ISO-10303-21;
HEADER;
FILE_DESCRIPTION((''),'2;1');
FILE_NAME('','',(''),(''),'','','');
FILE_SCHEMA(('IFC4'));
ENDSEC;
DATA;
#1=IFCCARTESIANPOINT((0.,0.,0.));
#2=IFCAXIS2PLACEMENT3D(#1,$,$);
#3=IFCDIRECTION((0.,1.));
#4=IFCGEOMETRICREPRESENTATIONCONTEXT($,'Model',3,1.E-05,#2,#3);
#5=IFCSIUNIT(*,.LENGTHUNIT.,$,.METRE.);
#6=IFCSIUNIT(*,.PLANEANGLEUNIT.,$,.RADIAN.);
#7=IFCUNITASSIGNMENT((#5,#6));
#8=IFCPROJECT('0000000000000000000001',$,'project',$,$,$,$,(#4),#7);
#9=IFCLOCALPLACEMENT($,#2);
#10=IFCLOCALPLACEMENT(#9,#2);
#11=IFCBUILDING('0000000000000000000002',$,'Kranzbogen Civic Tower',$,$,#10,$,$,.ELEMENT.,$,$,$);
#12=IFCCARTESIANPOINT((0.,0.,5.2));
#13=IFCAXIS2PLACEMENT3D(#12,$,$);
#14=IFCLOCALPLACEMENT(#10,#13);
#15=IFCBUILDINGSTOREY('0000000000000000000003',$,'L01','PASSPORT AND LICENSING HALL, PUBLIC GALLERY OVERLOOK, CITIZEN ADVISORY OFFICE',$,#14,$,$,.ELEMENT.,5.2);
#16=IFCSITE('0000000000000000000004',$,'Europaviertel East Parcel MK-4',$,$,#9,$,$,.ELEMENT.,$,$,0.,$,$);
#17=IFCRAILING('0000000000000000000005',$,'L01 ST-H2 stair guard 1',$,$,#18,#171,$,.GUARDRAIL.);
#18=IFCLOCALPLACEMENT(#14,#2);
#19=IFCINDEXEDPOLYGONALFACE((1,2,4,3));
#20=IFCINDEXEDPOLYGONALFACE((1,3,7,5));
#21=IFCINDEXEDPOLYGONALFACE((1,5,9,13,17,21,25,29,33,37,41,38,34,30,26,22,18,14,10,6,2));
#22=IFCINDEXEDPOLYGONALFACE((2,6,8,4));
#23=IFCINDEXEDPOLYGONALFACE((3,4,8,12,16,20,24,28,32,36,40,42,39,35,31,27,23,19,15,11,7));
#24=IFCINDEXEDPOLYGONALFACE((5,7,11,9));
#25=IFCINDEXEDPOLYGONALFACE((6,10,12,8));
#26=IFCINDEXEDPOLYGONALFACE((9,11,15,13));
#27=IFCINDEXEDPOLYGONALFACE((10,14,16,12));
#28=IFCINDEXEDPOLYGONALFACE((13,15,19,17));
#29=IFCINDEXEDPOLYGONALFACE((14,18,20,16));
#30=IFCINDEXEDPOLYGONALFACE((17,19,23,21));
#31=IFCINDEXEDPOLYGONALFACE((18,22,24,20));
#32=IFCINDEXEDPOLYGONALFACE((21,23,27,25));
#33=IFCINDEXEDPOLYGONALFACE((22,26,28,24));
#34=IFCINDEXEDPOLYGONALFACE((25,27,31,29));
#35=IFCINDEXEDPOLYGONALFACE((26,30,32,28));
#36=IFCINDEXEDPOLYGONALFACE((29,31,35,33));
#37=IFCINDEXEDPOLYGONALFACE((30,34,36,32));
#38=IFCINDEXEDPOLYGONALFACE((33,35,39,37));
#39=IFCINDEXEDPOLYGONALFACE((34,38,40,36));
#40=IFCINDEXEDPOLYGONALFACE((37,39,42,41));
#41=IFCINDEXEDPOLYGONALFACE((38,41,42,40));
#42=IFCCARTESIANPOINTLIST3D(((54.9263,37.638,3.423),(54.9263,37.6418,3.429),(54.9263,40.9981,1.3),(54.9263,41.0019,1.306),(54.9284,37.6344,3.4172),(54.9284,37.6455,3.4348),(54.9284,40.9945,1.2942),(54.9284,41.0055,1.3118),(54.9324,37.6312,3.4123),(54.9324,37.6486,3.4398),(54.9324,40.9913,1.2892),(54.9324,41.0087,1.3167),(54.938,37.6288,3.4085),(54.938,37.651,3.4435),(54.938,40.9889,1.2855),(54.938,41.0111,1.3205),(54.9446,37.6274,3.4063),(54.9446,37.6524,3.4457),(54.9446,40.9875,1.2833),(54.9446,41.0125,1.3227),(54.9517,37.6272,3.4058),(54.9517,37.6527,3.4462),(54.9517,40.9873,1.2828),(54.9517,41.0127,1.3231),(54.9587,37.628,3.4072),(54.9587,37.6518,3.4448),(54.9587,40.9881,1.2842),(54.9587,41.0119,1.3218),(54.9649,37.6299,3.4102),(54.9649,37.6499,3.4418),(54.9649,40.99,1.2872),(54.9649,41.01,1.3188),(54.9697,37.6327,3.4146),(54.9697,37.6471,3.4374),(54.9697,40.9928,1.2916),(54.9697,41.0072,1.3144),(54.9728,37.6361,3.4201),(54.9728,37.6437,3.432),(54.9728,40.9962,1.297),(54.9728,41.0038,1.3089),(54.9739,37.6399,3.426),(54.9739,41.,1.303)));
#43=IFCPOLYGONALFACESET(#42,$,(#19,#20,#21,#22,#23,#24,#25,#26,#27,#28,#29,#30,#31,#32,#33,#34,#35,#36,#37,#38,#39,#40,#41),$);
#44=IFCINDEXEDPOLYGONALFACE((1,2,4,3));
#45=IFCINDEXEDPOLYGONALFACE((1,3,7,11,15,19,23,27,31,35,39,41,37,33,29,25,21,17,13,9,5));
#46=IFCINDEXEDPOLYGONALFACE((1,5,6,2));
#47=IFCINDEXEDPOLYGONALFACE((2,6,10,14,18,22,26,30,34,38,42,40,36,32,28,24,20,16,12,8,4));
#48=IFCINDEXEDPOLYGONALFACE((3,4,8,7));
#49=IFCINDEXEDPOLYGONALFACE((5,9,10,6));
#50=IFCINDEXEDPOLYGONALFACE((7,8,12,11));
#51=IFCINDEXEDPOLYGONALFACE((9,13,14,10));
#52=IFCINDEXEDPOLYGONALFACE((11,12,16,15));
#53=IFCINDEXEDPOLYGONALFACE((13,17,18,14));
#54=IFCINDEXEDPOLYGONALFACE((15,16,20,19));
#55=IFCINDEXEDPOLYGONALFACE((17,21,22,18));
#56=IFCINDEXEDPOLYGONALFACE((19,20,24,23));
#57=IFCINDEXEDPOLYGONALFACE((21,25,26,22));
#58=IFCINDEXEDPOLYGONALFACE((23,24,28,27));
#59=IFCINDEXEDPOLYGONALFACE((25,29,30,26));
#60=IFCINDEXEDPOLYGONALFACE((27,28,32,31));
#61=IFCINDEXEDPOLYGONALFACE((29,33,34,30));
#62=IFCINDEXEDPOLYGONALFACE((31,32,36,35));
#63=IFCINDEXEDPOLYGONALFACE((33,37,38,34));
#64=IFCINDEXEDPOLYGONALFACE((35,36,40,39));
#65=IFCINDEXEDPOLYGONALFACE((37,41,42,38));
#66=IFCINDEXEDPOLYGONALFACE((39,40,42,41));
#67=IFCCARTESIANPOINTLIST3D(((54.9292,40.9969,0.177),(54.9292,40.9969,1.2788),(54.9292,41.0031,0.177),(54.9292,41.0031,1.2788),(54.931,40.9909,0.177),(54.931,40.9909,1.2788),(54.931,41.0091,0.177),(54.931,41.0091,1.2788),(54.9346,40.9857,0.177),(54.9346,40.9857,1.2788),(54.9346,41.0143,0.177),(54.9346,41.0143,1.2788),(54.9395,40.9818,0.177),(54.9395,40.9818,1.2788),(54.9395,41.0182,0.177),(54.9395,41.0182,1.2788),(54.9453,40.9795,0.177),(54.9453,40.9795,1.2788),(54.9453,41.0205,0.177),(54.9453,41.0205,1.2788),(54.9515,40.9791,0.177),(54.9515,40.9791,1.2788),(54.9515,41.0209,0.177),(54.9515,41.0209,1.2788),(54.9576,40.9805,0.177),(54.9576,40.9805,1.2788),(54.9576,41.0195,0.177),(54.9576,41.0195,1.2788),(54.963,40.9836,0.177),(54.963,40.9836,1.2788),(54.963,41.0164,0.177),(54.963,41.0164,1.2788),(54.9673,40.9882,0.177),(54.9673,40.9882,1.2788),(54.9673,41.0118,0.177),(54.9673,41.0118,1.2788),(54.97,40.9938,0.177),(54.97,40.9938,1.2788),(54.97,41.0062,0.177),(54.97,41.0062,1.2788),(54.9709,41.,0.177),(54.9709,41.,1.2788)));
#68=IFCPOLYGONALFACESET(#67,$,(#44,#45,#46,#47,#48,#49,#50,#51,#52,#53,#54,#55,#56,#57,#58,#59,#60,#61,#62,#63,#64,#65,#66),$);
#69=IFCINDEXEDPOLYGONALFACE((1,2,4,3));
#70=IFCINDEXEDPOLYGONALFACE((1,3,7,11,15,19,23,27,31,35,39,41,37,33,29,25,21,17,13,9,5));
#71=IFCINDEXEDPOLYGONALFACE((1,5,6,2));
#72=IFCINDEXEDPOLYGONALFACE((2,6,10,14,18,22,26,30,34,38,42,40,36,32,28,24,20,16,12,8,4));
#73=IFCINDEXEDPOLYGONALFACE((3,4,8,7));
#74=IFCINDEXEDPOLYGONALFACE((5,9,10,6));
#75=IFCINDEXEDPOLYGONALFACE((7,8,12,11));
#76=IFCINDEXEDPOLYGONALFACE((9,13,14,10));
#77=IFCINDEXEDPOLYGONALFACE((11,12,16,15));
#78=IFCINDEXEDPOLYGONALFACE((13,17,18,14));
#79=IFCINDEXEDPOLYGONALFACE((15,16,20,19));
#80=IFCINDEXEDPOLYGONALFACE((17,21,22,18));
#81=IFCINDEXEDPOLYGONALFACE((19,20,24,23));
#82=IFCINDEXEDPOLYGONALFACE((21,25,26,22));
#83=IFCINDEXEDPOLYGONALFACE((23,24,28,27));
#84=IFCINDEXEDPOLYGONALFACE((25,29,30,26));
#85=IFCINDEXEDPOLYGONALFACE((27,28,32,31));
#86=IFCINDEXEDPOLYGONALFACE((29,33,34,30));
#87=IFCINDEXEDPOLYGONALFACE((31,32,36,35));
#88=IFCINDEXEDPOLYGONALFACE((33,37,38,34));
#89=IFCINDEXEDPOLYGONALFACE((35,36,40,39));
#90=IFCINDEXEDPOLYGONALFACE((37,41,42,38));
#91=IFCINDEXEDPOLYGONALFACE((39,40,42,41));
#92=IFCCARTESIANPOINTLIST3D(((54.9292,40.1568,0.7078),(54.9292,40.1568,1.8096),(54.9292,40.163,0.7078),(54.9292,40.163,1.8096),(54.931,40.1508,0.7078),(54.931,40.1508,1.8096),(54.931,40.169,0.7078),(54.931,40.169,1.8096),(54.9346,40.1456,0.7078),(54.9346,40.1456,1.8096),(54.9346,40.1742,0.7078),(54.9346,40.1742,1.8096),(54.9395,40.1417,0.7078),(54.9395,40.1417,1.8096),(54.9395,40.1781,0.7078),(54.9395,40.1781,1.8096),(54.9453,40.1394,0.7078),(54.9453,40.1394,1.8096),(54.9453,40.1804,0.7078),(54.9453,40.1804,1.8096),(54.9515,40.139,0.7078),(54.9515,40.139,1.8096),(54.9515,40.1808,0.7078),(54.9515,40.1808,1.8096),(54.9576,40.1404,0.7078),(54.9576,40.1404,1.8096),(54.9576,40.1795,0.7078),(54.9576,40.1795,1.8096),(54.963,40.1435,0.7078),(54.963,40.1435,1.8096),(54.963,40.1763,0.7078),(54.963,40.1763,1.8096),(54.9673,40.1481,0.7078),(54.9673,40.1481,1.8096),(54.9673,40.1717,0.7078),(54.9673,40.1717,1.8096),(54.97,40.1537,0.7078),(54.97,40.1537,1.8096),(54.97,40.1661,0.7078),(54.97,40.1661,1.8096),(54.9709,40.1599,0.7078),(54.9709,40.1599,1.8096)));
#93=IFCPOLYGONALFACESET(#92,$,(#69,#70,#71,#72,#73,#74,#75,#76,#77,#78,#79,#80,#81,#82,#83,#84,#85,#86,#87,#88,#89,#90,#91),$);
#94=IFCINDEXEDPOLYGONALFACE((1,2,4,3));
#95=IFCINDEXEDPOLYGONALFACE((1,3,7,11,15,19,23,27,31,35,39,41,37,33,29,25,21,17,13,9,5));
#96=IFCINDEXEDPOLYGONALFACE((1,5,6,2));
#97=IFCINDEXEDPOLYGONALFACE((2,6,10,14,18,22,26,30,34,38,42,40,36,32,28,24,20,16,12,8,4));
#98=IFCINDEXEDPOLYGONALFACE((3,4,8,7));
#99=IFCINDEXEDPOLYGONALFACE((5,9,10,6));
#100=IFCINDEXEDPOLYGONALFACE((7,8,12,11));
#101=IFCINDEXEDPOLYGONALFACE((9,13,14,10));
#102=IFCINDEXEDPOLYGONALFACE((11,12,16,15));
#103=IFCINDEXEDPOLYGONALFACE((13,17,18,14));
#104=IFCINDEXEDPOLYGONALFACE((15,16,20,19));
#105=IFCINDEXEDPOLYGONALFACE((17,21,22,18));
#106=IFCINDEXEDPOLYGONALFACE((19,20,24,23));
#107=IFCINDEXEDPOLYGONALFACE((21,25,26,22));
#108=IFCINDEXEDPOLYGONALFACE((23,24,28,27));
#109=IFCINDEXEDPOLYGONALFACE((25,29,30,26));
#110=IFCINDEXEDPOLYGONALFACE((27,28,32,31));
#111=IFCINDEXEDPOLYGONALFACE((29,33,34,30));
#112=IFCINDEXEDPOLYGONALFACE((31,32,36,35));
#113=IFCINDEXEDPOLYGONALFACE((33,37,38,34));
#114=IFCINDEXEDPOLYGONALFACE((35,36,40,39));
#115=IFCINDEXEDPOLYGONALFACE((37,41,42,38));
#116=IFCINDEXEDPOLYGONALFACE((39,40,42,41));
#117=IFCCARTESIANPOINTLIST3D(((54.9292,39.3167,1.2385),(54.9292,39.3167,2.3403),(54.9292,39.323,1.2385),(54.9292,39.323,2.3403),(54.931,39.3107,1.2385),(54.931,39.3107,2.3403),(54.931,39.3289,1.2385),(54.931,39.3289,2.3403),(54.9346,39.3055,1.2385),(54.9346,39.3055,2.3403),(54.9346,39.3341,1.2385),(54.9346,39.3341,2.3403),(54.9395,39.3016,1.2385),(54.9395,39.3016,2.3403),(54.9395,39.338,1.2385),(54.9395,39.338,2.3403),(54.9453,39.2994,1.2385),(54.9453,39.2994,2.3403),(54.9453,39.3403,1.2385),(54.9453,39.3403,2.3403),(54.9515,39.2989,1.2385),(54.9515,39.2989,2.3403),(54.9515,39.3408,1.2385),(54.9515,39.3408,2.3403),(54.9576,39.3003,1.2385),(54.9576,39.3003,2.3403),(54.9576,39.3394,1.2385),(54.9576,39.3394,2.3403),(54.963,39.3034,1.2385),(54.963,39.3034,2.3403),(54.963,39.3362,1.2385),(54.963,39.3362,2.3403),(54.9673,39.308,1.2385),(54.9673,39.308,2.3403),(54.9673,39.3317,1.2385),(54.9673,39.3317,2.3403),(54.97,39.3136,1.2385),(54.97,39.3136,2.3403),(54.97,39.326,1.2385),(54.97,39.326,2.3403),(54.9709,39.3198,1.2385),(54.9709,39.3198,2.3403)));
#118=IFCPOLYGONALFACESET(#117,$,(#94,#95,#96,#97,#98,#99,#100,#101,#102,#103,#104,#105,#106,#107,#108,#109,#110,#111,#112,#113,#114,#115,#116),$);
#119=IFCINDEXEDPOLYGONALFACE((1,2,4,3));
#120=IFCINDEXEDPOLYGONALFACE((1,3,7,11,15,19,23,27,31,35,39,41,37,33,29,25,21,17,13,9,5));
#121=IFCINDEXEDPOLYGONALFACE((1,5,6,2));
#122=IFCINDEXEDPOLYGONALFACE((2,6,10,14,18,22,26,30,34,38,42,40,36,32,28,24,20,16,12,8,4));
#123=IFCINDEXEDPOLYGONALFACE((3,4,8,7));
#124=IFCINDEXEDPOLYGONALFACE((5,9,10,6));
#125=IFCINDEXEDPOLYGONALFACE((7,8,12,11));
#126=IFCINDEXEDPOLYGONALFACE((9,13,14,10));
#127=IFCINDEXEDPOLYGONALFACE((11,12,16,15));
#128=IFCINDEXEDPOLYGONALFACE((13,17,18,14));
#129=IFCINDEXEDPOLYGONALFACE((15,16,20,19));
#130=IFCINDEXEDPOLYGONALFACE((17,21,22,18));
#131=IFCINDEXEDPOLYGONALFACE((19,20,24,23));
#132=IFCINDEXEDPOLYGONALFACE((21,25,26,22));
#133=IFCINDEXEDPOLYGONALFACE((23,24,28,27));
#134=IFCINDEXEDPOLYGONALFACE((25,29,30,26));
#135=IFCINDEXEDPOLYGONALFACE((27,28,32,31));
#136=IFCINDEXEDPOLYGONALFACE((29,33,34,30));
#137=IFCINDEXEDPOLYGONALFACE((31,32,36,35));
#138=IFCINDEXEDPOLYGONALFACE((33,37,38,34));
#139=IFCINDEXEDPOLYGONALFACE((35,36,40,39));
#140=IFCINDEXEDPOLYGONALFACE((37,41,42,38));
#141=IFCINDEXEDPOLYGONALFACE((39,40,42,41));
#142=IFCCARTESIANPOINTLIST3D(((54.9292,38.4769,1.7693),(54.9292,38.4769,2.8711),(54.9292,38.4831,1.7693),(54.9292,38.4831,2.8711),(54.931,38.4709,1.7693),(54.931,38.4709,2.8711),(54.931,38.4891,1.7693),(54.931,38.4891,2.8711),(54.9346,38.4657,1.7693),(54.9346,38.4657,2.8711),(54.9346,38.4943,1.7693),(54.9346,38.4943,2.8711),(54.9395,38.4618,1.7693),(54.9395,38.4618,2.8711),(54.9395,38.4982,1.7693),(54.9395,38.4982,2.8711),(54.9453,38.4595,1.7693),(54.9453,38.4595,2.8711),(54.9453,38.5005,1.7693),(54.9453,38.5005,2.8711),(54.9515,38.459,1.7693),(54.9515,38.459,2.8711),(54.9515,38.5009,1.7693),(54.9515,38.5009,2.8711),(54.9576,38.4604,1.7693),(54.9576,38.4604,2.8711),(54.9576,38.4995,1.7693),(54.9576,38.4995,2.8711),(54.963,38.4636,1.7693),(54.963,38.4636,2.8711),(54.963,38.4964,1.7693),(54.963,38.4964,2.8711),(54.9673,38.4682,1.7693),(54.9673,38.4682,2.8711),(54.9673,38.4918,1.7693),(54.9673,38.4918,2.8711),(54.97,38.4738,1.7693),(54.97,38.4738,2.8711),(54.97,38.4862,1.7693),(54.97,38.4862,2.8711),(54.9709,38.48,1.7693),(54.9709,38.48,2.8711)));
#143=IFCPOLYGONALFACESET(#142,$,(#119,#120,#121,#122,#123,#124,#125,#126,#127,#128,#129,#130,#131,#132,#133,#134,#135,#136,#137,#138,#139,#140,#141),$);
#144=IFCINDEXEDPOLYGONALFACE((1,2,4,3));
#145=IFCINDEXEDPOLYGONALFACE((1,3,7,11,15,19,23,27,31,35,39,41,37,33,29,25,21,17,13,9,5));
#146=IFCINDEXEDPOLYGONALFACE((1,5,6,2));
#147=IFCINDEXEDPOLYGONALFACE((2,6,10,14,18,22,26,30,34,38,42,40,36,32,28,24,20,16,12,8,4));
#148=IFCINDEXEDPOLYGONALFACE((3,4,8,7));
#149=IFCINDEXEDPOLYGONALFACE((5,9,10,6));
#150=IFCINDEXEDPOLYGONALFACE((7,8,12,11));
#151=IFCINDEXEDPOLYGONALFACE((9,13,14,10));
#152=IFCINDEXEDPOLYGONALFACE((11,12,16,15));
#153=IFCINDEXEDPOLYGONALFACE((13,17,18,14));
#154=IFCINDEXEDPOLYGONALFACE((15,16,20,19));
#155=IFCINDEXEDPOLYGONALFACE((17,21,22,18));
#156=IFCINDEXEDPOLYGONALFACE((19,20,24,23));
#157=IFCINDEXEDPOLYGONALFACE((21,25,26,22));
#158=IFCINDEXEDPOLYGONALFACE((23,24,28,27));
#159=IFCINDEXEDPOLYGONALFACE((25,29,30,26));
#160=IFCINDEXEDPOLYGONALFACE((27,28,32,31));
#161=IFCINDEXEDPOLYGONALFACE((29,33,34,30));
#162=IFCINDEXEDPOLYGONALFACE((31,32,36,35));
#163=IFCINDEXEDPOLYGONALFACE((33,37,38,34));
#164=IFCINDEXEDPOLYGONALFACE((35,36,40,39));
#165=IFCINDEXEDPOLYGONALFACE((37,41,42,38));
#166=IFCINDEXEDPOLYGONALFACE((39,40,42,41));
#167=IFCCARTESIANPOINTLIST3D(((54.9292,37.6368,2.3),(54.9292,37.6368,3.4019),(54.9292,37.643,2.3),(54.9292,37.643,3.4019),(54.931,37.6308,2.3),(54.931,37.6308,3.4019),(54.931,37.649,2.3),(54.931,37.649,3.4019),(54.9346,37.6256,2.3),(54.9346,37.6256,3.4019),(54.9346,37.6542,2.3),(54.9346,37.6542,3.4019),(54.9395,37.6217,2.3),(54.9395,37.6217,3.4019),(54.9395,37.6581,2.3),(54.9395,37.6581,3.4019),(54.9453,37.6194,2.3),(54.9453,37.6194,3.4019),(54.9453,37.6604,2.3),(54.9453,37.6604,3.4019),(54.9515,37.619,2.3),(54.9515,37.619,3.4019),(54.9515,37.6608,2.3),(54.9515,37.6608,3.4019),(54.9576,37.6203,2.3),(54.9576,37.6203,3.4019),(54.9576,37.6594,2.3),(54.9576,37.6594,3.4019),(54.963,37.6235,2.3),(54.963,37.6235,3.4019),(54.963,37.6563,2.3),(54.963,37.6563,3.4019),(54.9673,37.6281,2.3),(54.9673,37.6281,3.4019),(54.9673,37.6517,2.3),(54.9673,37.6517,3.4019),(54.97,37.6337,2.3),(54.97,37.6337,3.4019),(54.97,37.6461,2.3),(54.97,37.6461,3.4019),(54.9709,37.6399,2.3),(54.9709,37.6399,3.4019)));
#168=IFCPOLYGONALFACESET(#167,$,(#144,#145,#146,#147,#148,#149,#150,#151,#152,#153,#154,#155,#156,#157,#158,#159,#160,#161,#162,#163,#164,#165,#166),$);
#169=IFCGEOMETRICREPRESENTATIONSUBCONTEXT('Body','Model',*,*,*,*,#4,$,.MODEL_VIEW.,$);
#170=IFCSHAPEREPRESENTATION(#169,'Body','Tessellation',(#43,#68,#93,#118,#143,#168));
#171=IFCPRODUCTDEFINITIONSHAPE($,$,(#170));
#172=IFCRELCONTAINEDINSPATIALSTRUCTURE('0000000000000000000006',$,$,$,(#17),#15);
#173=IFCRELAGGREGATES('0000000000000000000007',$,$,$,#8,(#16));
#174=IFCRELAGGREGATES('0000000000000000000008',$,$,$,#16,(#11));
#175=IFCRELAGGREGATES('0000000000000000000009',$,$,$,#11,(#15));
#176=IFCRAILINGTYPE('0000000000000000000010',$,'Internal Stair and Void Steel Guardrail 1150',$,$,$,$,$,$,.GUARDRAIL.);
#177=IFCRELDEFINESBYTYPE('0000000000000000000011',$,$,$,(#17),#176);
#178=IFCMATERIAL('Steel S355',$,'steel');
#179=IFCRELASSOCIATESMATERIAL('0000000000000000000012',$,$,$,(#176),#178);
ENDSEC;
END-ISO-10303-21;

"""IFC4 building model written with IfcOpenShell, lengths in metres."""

from ifc_helpers import new_model, si_unit, direction, frame, origin, origin_2d, place, context, subcontext, project, spatial, circle, extrude, material, type_object, element, save


model = new_model("IFC4")

# Units and contexts
model_context = context("Model", 3, precision=1e-05, world=origin(), true_north=direction((0.0, 1.0)))
body_context = subcontext(model_context, "Body", "Model", "MODEL_VIEW")
ifc_project = project(units=[si_unit("LENGTHUNIT", "METRE"), si_unit("PLANEANGLEUNIT", "RADIAN")], contexts=[model_context])

# Site, building, storey
site_placement = place(None, origin())
site = spatial("IfcSite", under=ifc_project, at=site_placement, Name="Europaviertel East Parcel MK-4", CompositionType="ELEMENT", RefElevation=0.0)
building_placement = place(site_placement, origin())
building = spatial("IfcBuilding", under=site, at=building_placement, Name="Kranzbogen Civic Tower", CompositionType="ELEMENT")
storey_placement = place(building_placement, frame((0.0, 0.0, 5.2)))
storey = spatial("IfcBuildingStorey", under=building, at=storey_placement, Name="L01", Description="PASSPORT AND LICENSING HALL, PUBLIC GALLERY OVERLOOK, CITIZEN ADVISORY OFFICE", CompositionType="ELEMENT", Elevation=5.2)

# Shared definitions
ifc_material_1 = material(Name="Steel S355", Category="steel")

# Railing
railing_type_1 = type_object("IfcRailingType", Name="Internal Stair and Void Steel Guardrail 1150", PredefinedType="GUARDRAIL", material=ifc_material_1)
railing_1_placement = place(storey_placement, frame((54.95, 41.0, 0.177)))
element("IfcRailing", 1, at=railing_1_placement, inside=storey, type_object=railing_type_1, Name="L01 ST-H2 stair guard 1", PredefinedType="GUARDRAIL", context=body_context, shape_type="SweptSolid", body=[
    extrude(circle(Radius=0.0239, at=origin_2d()), frame((0.0, 0.0, 1.126), z_axis=(0.0, -0.84539, 0.53415), x_axis=(1.0, 0.0, 0.0)), (0.0, 0.0, 1.0), 3.9746),
    extrude(circle(Radius=0.021, at=origin_2d()), origin(), (0.0, 0.0, 1.0), 1.1018),
    extrude(circle(Radius=0.021, at=origin_2d()), frame((0.0, -0.8401, 0.5308)), (0.0, 0.0, 1.0), 1.1018),
    extrude(circle(Radius=0.021, at=origin_2d()), frame((0.0, -1.6802, 1.0615)), (0.0, 0.0, 1.0), 1.1018),
    extrude(circle(Radius=0.021, at=origin_2d()), frame((0.0, -2.52, 1.5923)), (0.0, 0.0, 1.0), 1.1018),
    extrude(circle(Radius=0.021, at=origin_2d()), frame((0.0, -3.3601, 2.123)), (0.0, 0.0, 1.0), 1.1018),
])

save(model, "model.ifc")
